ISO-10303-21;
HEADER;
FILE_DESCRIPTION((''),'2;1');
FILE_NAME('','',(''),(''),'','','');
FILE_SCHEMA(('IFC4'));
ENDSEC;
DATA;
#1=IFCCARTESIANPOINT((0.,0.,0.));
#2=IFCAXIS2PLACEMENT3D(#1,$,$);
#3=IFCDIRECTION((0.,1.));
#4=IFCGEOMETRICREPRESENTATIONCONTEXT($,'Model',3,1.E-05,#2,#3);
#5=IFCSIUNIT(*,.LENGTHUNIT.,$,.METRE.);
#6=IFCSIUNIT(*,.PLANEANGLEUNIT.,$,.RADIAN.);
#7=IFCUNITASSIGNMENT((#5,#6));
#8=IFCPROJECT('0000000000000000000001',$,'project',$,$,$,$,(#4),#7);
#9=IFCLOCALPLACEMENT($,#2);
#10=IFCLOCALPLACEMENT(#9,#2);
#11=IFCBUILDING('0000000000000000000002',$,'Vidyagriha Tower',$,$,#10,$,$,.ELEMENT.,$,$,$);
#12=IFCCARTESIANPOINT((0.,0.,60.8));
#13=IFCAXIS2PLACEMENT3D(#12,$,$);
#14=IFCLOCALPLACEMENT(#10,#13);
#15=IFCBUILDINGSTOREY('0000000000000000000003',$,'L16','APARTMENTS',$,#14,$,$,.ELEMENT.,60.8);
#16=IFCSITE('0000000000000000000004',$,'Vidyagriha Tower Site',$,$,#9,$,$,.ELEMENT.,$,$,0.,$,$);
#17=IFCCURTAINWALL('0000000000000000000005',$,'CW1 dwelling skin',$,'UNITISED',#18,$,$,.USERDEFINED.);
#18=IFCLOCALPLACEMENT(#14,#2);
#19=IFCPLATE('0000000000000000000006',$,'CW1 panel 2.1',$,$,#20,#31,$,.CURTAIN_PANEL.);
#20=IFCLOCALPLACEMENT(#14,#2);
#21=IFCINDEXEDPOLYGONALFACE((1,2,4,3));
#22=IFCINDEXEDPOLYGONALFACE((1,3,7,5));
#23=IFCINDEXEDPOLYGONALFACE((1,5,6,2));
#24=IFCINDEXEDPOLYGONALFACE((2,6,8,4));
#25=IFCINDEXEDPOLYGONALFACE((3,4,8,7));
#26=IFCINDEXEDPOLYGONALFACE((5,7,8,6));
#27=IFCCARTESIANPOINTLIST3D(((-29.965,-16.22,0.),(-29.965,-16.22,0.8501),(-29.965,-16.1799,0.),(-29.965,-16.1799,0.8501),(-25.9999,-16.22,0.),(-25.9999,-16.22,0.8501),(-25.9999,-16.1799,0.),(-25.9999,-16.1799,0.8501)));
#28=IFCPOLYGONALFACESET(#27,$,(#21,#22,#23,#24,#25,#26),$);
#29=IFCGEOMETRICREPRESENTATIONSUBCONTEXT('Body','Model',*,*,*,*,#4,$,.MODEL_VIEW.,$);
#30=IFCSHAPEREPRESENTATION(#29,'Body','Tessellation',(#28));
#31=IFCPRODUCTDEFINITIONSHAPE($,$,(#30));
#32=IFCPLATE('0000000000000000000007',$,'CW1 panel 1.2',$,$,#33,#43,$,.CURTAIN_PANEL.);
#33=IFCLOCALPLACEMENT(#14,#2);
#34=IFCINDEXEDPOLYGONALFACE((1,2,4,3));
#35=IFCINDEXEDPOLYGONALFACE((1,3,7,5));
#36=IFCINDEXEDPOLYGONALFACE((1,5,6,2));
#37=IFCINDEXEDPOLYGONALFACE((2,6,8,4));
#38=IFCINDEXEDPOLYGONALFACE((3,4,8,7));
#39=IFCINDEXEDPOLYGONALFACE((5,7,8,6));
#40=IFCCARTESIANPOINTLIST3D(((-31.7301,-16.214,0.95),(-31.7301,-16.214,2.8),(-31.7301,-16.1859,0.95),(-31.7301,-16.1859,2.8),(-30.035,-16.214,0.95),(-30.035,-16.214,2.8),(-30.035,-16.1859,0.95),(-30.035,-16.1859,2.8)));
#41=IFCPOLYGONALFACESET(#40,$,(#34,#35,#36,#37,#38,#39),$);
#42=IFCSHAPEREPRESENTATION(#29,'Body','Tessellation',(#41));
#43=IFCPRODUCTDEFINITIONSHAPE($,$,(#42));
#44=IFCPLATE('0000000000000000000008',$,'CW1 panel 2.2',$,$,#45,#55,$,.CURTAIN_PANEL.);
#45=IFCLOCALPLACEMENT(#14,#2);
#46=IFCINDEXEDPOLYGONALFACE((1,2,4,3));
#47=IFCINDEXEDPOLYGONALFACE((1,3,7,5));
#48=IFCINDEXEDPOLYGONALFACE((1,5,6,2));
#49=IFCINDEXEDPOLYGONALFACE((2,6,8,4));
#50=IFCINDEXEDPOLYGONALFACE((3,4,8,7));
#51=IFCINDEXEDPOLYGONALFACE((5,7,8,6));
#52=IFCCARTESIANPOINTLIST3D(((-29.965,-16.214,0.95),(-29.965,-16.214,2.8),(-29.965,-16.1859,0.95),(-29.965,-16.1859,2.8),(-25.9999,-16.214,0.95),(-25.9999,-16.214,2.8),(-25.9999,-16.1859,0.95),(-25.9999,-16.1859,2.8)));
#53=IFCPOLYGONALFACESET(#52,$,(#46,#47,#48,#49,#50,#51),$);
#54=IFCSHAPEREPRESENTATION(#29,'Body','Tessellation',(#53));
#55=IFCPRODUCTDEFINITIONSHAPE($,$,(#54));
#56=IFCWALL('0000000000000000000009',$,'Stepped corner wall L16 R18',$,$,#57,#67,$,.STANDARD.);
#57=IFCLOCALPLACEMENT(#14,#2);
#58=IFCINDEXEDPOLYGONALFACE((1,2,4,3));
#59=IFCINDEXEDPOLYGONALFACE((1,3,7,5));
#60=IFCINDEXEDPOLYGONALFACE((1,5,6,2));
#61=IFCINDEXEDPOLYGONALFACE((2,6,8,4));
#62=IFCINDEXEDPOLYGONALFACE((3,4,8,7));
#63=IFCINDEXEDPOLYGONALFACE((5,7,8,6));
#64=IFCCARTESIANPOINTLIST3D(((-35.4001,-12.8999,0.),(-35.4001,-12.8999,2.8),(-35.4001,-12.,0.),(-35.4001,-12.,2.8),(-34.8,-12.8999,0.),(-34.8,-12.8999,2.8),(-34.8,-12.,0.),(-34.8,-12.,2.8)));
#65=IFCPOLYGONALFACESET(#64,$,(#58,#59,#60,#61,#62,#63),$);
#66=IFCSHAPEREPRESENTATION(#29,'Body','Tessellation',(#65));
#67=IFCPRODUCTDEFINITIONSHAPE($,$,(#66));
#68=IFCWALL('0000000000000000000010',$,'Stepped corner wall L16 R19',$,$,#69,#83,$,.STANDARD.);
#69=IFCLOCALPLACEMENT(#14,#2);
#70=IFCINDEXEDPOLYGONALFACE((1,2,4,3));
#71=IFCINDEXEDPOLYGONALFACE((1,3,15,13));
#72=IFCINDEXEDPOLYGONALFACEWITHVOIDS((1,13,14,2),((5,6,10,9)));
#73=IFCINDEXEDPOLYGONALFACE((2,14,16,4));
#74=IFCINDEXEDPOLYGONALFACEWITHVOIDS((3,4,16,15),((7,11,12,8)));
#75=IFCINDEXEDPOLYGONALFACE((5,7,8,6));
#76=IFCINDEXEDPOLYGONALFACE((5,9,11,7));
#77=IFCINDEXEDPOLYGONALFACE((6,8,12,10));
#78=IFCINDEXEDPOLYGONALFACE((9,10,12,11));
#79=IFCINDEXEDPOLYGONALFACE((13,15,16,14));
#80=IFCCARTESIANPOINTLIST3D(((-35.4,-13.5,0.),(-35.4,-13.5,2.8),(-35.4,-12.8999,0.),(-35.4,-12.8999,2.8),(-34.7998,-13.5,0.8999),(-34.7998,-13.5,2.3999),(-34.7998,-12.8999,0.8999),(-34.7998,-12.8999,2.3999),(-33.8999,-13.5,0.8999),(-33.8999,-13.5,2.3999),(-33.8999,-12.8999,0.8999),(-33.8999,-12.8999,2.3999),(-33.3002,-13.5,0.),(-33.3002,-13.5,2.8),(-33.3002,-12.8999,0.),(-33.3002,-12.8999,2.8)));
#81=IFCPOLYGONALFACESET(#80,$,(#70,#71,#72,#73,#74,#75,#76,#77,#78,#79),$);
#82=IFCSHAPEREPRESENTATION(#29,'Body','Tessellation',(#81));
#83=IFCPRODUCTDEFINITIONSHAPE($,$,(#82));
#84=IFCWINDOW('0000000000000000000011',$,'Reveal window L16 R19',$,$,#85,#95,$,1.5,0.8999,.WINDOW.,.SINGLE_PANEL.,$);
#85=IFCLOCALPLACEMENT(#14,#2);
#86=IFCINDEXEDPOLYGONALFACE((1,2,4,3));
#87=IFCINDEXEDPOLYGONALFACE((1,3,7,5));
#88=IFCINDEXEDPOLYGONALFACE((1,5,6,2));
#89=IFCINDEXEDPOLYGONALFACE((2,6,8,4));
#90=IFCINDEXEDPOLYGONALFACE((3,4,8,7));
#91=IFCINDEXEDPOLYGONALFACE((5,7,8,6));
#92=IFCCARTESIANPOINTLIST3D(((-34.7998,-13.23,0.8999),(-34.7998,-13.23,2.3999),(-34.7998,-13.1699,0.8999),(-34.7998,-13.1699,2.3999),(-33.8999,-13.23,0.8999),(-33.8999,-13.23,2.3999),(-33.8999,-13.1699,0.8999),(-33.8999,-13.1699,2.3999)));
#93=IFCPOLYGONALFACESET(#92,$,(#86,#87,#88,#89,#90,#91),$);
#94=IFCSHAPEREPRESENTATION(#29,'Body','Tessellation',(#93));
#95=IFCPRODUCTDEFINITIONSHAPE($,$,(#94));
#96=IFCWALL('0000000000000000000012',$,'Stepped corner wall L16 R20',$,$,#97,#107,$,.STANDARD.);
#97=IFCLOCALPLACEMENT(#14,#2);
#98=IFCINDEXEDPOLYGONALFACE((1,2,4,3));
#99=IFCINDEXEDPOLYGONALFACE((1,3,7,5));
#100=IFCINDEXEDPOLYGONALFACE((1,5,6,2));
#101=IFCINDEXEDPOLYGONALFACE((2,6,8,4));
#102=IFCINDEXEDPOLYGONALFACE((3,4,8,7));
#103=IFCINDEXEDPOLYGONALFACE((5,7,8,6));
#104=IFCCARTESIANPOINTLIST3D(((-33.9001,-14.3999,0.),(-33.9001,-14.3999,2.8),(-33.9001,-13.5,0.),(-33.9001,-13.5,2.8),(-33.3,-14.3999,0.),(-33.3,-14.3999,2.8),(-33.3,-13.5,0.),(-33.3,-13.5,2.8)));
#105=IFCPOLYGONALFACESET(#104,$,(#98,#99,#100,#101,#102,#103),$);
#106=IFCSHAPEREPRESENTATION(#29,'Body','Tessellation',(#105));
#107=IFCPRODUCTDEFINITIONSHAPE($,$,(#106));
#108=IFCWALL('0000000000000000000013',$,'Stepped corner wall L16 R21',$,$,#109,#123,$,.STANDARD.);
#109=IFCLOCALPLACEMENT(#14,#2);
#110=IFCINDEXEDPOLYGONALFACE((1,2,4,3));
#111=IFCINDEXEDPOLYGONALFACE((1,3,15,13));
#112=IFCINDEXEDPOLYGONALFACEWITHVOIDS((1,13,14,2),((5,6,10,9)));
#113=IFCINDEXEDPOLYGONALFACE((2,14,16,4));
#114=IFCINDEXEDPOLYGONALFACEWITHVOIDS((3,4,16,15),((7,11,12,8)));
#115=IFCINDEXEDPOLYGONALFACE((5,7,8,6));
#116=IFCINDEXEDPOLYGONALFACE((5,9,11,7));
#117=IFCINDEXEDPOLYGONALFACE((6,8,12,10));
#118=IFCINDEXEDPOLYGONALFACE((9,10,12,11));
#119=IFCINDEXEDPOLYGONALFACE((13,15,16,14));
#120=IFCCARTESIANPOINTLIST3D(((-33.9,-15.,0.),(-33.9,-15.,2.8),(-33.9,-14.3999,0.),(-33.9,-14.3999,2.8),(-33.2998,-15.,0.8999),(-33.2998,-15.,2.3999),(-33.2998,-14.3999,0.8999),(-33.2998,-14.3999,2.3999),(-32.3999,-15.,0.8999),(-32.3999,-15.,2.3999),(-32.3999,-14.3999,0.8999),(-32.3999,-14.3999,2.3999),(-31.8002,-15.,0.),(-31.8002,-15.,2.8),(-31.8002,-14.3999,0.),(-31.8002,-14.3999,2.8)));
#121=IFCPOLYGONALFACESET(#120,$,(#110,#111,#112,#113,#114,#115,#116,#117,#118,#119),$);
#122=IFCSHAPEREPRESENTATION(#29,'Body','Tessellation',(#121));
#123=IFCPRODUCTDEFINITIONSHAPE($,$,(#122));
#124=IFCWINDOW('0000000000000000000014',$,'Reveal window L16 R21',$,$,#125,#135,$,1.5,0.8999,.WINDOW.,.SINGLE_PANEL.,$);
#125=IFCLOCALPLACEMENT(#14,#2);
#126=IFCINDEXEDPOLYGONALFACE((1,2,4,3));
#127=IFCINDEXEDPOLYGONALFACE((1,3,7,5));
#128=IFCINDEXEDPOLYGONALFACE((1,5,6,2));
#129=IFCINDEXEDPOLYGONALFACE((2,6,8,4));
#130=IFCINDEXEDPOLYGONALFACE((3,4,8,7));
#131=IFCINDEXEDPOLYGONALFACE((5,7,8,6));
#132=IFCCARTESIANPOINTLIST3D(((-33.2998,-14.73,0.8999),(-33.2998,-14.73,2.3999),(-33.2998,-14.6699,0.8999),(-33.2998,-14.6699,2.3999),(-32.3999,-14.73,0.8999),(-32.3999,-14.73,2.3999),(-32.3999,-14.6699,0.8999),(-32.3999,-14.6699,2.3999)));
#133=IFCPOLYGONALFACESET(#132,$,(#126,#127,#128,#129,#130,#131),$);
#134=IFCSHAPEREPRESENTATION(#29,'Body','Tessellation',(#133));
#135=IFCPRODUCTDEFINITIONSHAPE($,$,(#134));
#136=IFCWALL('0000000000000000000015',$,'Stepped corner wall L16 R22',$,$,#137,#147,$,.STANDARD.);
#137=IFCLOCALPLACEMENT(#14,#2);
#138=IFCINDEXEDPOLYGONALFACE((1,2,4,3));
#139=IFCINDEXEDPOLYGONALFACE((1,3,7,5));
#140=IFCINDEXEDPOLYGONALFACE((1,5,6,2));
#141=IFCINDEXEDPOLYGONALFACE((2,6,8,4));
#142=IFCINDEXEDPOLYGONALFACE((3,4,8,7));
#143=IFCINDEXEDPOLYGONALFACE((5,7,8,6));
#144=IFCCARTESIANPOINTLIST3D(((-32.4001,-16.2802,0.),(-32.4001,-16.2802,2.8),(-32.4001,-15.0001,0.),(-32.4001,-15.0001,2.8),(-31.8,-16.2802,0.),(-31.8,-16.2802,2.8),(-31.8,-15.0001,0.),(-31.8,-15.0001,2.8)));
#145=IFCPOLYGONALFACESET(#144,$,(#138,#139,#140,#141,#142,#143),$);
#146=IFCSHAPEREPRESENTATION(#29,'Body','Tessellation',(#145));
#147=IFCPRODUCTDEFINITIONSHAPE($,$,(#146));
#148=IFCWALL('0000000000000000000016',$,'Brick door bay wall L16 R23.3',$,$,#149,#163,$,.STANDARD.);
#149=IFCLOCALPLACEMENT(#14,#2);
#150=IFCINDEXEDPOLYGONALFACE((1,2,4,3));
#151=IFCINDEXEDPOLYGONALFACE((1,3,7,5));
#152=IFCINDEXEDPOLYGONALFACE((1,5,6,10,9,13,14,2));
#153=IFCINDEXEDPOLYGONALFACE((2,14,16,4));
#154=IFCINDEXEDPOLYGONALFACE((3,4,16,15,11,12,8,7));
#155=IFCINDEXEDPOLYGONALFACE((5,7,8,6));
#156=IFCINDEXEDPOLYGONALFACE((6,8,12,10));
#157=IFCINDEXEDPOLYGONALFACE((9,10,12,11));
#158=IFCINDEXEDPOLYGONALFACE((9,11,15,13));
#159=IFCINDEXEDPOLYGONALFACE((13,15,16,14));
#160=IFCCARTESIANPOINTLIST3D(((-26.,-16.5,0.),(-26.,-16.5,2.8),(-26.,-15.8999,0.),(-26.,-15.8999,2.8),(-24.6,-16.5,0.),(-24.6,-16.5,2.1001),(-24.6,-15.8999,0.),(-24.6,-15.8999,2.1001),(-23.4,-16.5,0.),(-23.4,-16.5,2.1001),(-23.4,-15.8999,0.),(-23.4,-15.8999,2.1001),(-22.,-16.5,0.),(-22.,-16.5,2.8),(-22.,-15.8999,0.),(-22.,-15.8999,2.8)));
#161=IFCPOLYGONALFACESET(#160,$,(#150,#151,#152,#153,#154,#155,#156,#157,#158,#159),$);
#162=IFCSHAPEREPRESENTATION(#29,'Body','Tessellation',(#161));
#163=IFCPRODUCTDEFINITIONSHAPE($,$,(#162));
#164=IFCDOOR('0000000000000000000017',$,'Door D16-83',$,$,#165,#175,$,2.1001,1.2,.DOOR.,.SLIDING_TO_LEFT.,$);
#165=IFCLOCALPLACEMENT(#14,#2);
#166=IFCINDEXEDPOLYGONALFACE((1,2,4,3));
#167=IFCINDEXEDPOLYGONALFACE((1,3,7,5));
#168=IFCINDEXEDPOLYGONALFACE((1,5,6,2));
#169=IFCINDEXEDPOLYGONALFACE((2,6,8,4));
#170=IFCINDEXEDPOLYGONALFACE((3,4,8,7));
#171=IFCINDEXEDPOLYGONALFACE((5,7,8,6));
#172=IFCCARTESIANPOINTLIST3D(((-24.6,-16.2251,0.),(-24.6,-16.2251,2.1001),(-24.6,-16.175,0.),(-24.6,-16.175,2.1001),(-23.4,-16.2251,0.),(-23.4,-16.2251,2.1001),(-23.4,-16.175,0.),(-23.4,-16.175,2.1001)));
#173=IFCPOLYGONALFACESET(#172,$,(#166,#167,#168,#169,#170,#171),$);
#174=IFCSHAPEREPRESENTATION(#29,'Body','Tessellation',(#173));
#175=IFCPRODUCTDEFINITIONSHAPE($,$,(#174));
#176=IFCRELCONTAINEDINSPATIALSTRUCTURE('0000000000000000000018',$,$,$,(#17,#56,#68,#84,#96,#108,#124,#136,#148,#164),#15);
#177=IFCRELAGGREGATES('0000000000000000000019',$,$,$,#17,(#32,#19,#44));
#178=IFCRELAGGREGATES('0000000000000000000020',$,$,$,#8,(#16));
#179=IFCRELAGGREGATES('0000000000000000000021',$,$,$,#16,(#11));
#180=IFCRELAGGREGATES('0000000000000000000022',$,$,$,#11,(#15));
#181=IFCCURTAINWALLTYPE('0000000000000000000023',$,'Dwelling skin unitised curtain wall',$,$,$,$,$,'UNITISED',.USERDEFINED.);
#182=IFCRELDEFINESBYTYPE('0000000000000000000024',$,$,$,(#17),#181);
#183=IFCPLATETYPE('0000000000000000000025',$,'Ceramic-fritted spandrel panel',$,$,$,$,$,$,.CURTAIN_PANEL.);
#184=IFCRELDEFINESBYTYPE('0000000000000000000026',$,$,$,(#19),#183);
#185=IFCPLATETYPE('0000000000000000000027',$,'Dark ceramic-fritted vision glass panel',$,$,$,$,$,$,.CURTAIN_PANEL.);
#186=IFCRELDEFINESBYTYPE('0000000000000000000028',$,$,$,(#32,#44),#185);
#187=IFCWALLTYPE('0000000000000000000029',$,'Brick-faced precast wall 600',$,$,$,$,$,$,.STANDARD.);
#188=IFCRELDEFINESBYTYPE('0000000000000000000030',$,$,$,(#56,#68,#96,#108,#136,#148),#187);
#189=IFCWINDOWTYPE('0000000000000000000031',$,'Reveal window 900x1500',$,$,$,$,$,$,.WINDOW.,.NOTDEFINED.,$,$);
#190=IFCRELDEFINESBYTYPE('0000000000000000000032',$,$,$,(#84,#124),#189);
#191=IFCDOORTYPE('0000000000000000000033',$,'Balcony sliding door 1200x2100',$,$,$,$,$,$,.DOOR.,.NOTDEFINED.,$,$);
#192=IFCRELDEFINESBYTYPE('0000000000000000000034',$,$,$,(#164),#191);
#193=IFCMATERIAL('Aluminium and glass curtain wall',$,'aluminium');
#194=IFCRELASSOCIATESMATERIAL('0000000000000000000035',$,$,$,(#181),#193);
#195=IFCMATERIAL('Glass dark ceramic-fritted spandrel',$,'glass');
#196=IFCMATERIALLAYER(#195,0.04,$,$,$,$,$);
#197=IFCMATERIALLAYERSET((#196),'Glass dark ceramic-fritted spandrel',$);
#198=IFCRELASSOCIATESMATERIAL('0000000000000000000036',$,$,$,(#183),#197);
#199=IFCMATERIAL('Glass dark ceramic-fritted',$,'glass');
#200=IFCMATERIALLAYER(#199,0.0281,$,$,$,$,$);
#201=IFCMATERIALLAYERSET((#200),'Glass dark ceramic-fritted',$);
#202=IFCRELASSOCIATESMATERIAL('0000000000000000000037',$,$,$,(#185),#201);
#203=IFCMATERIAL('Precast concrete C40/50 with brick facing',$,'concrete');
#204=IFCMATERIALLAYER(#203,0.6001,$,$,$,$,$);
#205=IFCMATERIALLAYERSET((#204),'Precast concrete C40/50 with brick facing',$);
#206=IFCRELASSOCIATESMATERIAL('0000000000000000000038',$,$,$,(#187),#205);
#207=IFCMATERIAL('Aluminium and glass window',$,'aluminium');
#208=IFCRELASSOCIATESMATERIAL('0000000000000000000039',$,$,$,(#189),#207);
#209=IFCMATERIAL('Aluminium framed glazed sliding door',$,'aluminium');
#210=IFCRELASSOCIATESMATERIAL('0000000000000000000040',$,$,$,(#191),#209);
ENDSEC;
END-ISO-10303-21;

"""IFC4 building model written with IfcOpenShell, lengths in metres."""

from ifc_helpers import new_model, si_unit, direction, frame, frame_2d, origin, origin_2d, place, context, subcontext, project, spatial, rectangle, extrude, material, layer, layer_set, type_object, element, fill, aggregate, save


model = new_model("IFC4")

# Units and contexts
model_context = context("Model", 3, precision=1e-05, world=origin(), true_north=direction((0.0, 1.0)))
body_context = subcontext(model_context, "Body", "Model", "MODEL_VIEW")
ifc_project = project(units=[si_unit("LENGTHUNIT", "METRE"), si_unit("PLANEANGLEUNIT", "RADIAN")], contexts=[model_context])

# Site, building, storey
site_placement = place(None, origin())
site = spatial("IfcSite", under=ifc_project, at=site_placement, Name="Vidyagriha Tower Site", CompositionType="ELEMENT", RefElevation=0.0)
building_placement = place(site_placement, origin())
building = spatial("IfcBuilding", under=site, at=building_placement, Name="Vidyagriha Tower", CompositionType="ELEMENT")
storey_placement = place(building_placement, frame((0.0, 0.0, 60.8)))
storey = spatial("IfcBuildingStorey", under=building, at=storey_placement, Name="L16", Description="APARTMENTS", CompositionType="ELEMENT", Elevation=60.8)

# Curtain wall, plates
ifc_material_1 = material(Name="Aluminium and glass curtain wall", Category="aluminium")
curtain_wall_type = type_object("IfcCurtainWallType", Name="Dwelling skin unitised curtain wall", ElementType="UNITISED", PredefinedType="USERDEFINED", material=ifc_material_1)
curtain_wall_placement = place(storey_placement, origin())
curtain_wall = element("IfcCurtainWall", 1, at=curtain_wall_placement, inside=storey, type_object=curtain_wall_type, Name="CW1 dwelling skin", ObjectType="UNITISED", PredefinedType="USERDEFINED")
ifc_material_2 = material(Name="Glass dark ceramic-fritted spandrel", Category="glass")
ifc_layer_1 = layer(ifc_material_2, 0.04)
ifc_layer_set_1 = layer_set([ifc_layer_1], Name="Glass dark ceramic-fritted spandrel")
plate_type_1 = type_object("IfcPlateType", Name="Ceramic-fritted spandrel panel", PredefinedType="CURTAIN_PANEL", material=ifc_layer_set_1)
plate_1_placement = place(storey_placement, frame((-27.9824, -16.2, 0.0)))
plate_1 = element("IfcPlate", 2, at=plate_1_placement, type_object=plate_type_1, Name="CW1 panel 2.1", PredefinedType="CURTAIN_PANEL", context=body_context, shape_type="SweptSolid", body=[
    extrude(rectangle(XDim=3.9651, YDim=0.04, at=origin_2d()), origin(), (0.0, 0.0, 1.0), 0.8501),
])
ifc_material_3 = material(Name="Glass dark ceramic-fritted", Category="glass")
ifc_layer_2 = layer(ifc_material_3, 0.0281)
ifc_layer_set_2 = layer_set([ifc_layer_2], Name="Glass dark ceramic-fritted")
plate_type_2 = type_object("IfcPlateType", Name="Dark ceramic-fritted vision glass panel", PredefinedType="CURTAIN_PANEL", material=ifc_layer_set_2)
plate_2_placement = place(storey_placement, frame((-30.8826, -16.2, 0.95)))
plate_2 = element("IfcPlate", 3, at=plate_2_placement, type_object=plate_type_2, Name="CW1 panel 1.2", PredefinedType="CURTAIN_PANEL", context=body_context, shape_type="SweptSolid", body=[
    extrude(rectangle(XDim=1.6951, YDim=0.0281, at=origin_2d()), origin(), (0.0, 0.0, 1.0), 1.8501),
])
plate_3_placement = place(storey_placement, frame((-27.9824, -16.2, 0.95)))
plate_3 = element("IfcPlate", 4, at=plate_3_placement, type_object=plate_type_2, Name="CW1 panel 2.2", PredefinedType="CURTAIN_PANEL", context=body_context, shape_type="SweptSolid", body=[
    extrude(rectangle(XDim=3.9651, YDim=0.0281, at=origin_2d()), origin(), (0.0, 0.0, 1.0), 1.8501),
])
aggregate(curtain_wall, [plate_2, plate_1, plate_3])

# Wall
ifc_material_4 = material(Name="Precast concrete C40/50 with brick facing", Category="concrete")
ifc_layer_3 = layer(ifc_material_4, 0.6001)
ifc_layer_set_3 = layer_set([ifc_layer_3], Name="Precast concrete C40/50 with brick facing")
wall_type = type_object("IfcWallType", Name="Brick-faced precast wall 600", PredefinedType="STANDARD", material=ifc_layer_set_3)
wall_1_placement = place(storey_placement, frame((-35.1001, -12.0, 0.0), z_axis=(0.0, 0.0, 1.0), x_axis=(0.0, -1.0, 0.0)))
element("IfcWall", 5, at=wall_1_placement, inside=storey, type_object=wall_type, Name="Stepped corner wall L16 R18", PredefinedType="STANDARD", context=body_context, shape_type="SweptSolid", body=[
    extrude(rectangle(XDim=0.8999, YDim=0.6001, at=frame_2d((0.45, 0.0))), origin(), (0.0, 0.0, 1.0), 2.8),
])

# Wall, opening, window
wall_2_placement = place(storey_placement, frame((-35.3999, -13.2, 0.0)))
wall_2 = element("IfcWall", 6, at=wall_2_placement, inside=storey, type_object=wall_type, Name="Stepped corner wall L16 R19", PredefinedType="STANDARD", context=body_context, shape_type="SweptSolid", body=[
    extrude(rectangle(XDim=2.0999, YDim=0.6001, at=frame_2d((1.0498, 0.0))), origin(), (0.0, 0.0, 1.0), 2.8),
])
opening_1_placement = place(wall_2_placement, frame((0.6001, 0.0, 0.8999)))
opening_1 = element("IfcOpeningElement", 7, at=opening_1_placement, cuts=wall_2, PredefinedType="OPENING", context=body_context, shape_type="SweptSolid", body=[
    extrude(rectangle(XDim=0.8999, YDim=1.5, at=frame_2d((0.45, 0.75))), frame((0.0, 0.3101, 0.0), z_axis=(0.0, -1.0, 0.0), x_axis=(1.0, 0.0, 0.0)), (0.0, 0.0, 1.0), 0.6201),
])
ifc_material_5 = material(Name="Aluminium and glass window", Category="aluminium")
window_type = type_object("IfcWindowType", Name="Reveal window 900x1500", PartitioningType="NOTDEFINED", PredefinedType="WINDOW", material=ifc_material_5)
window_1_placement = place(opening_1_placement, origin())
window_1 = element("IfcWindow", 8, at=window_1_placement, inside=storey, type_object=window_type, Name="Reveal window L16 R19", OverallHeight=1.5, OverallWidth=0.8999, PartitioningType="SINGLE_PANEL", PredefinedType="WINDOW", context=body_context, shape_type="SweptSolid", body=[
    extrude(rectangle(XDim=0.8999, YDim=1.5, at=frame_2d((0.45, 0.75))), frame((0.0, 0.03, 0.0), z_axis=(0.0, -1.0, 0.0), x_axis=(1.0, 0.0, 0.0)), (0.0, 0.0, 1.0), 0.0601),
])
fill(opening_1, window_1)

# Wall
wall_3_placement = place(storey_placement, frame((-33.6001, -13.5, 0.0), z_axis=(0.0, 0.0, 1.0), x_axis=(0.0, -1.0, 0.0)))
element("IfcWall", 9, at=wall_3_placement, inside=storey, type_object=wall_type, Name="Stepped corner wall L16 R20", PredefinedType="STANDARD", context=body_context, shape_type="SweptSolid", body=[
    extrude(rectangle(XDim=0.8999, YDim=0.6001, at=frame_2d((0.45, 0.0))), origin(), (0.0, 0.0, 1.0), 2.8),
])

# Wall, opening, window
wall_4_placement = place(storey_placement, frame((-33.8999, -14.7, 0.0)))
wall_4 = element("IfcWall", 10, at=wall_4_placement, inside=storey, type_object=wall_type, Name="Stepped corner wall L16 R21", PredefinedType="STANDARD", context=body_context, shape_type="SweptSolid", body=[
    extrude(rectangle(XDim=2.0999, YDim=0.6001, at=frame_2d((1.0498, 0.0))), origin(), (0.0, 0.0, 1.0), 2.8),
])
opening_2_placement = place(wall_4_placement, frame((0.6001, 0.0, 0.8999)))
opening_2 = element("IfcOpeningElement", 11, at=opening_2_placement, cuts=wall_4, PredefinedType="OPENING", context=body_context, shape_type="SweptSolid", body=[
    extrude(rectangle(XDim=0.8999, YDim=1.5, at=frame_2d((0.45, 0.75))), frame((0.0, 0.3101, 0.0), z_axis=(0.0, -1.0, 0.0), x_axis=(1.0, 0.0, 0.0)), (0.0, 0.0, 1.0), 0.6201),
])
window_2_placement = place(opening_2_placement, origin())
window_2 = element("IfcWindow", 12, at=window_2_placement, inside=storey, type_object=window_type, Name="Reveal window L16 R21", OverallHeight=1.5, OverallWidth=0.8999, PartitioningType="SINGLE_PANEL", PredefinedType="WINDOW", context=body_context, shape_type="SweptSolid", body=[
    extrude(rectangle(XDim=0.8999, YDim=1.5, at=frame_2d((0.45, 0.75))), frame((0.0, 0.03, 0.0), z_axis=(0.0, -1.0, 0.0), x_axis=(1.0, 0.0, 0.0)), (0.0, 0.0, 1.0), 0.0601),
])
fill(opening_2, window_2)

# Wall
wall_5_placement = place(storey_placement, frame((-32.1001, -15.0, 0.0), z_axis=(0.0, 0.0, 1.0), x_axis=(0.0, -1.0, 0.0)))
element("IfcWall", 13, at=wall_5_placement, inside=storey, type_object=wall_type, Name="Stepped corner wall L16 R22", PredefinedType="STANDARD", context=body_context, shape_type="SweptSolid", body=[
    extrude(rectangle(XDim=1.28, YDim=0.6001, at=frame_2d((0.6401, 0.0))), origin(), (0.0, 0.0, 1.0), 2.8),
])

# Wall, opening, door
wall_6_placement = place(storey_placement, frame((-26.0, -16.2, 0.0)))
wall_6 = element("IfcWall", 14, at=wall_6_placement, inside=storey, type_object=wall_type, Name="Brick door bay wall L16 R23.3", PredefinedType="STANDARD", context=body_context, shape_type="SweptSolid", body=[
    extrude(rectangle(XDim=4.0, YDim=0.6001, at=frame_2d((2.0, 0.0))), origin(), (0.0, 0.0, 1.0), 2.8),
])
opening_3_placement = place(wall_6_placement, frame((1.3999, 0.0, 0.0)))
opening_3 = element("IfcOpeningElement", 15, at=opening_3_placement, cuts=wall_6, PredefinedType="OPENING", context=body_context, shape_type="SweptSolid", body=[
    extrude(rectangle(XDim=1.2, YDim=2.1001, at=frame_2d((0.6001, 1.05))), frame((0.0, 0.3101, 0.0), z_axis=(0.0, -1.0, 0.0), x_axis=(1.0, 0.0, 0.0)), (0.0, 0.0, 1.0), 0.6201),
])
ifc_material_6 = material(Name="Aluminium framed glazed sliding door", Category="aluminium")
door_type = type_object("IfcDoorType", Name="Balcony sliding door 1200x2100", OperationType="NOTDEFINED", PredefinedType="DOOR", material=ifc_material_6)
door_placement = place(opening_3_placement, origin())
door = element("IfcDoor", 16, at=door_placement, inside=storey, type_object=door_type, Name="Door D16-83", OperationType="SLIDING_TO_LEFT", OverallHeight=2.1001, OverallWidth=1.2, PredefinedType="DOOR", context=body_context, shape_type="SweptSolid", body=[
    extrude(rectangle(XDim=1.2, YDim=2.1001, at=frame_2d((0.6001, 1.05))), frame((0.0, 0.0249, 0.0), z_axis=(0.0, -1.0, 0.0), x_axis=(1.0, 0.0, 0.0)), (0.0, 0.0, 1.0), 0.05),
])
fill(opening_3, door)

save(model, "model.ifc")
